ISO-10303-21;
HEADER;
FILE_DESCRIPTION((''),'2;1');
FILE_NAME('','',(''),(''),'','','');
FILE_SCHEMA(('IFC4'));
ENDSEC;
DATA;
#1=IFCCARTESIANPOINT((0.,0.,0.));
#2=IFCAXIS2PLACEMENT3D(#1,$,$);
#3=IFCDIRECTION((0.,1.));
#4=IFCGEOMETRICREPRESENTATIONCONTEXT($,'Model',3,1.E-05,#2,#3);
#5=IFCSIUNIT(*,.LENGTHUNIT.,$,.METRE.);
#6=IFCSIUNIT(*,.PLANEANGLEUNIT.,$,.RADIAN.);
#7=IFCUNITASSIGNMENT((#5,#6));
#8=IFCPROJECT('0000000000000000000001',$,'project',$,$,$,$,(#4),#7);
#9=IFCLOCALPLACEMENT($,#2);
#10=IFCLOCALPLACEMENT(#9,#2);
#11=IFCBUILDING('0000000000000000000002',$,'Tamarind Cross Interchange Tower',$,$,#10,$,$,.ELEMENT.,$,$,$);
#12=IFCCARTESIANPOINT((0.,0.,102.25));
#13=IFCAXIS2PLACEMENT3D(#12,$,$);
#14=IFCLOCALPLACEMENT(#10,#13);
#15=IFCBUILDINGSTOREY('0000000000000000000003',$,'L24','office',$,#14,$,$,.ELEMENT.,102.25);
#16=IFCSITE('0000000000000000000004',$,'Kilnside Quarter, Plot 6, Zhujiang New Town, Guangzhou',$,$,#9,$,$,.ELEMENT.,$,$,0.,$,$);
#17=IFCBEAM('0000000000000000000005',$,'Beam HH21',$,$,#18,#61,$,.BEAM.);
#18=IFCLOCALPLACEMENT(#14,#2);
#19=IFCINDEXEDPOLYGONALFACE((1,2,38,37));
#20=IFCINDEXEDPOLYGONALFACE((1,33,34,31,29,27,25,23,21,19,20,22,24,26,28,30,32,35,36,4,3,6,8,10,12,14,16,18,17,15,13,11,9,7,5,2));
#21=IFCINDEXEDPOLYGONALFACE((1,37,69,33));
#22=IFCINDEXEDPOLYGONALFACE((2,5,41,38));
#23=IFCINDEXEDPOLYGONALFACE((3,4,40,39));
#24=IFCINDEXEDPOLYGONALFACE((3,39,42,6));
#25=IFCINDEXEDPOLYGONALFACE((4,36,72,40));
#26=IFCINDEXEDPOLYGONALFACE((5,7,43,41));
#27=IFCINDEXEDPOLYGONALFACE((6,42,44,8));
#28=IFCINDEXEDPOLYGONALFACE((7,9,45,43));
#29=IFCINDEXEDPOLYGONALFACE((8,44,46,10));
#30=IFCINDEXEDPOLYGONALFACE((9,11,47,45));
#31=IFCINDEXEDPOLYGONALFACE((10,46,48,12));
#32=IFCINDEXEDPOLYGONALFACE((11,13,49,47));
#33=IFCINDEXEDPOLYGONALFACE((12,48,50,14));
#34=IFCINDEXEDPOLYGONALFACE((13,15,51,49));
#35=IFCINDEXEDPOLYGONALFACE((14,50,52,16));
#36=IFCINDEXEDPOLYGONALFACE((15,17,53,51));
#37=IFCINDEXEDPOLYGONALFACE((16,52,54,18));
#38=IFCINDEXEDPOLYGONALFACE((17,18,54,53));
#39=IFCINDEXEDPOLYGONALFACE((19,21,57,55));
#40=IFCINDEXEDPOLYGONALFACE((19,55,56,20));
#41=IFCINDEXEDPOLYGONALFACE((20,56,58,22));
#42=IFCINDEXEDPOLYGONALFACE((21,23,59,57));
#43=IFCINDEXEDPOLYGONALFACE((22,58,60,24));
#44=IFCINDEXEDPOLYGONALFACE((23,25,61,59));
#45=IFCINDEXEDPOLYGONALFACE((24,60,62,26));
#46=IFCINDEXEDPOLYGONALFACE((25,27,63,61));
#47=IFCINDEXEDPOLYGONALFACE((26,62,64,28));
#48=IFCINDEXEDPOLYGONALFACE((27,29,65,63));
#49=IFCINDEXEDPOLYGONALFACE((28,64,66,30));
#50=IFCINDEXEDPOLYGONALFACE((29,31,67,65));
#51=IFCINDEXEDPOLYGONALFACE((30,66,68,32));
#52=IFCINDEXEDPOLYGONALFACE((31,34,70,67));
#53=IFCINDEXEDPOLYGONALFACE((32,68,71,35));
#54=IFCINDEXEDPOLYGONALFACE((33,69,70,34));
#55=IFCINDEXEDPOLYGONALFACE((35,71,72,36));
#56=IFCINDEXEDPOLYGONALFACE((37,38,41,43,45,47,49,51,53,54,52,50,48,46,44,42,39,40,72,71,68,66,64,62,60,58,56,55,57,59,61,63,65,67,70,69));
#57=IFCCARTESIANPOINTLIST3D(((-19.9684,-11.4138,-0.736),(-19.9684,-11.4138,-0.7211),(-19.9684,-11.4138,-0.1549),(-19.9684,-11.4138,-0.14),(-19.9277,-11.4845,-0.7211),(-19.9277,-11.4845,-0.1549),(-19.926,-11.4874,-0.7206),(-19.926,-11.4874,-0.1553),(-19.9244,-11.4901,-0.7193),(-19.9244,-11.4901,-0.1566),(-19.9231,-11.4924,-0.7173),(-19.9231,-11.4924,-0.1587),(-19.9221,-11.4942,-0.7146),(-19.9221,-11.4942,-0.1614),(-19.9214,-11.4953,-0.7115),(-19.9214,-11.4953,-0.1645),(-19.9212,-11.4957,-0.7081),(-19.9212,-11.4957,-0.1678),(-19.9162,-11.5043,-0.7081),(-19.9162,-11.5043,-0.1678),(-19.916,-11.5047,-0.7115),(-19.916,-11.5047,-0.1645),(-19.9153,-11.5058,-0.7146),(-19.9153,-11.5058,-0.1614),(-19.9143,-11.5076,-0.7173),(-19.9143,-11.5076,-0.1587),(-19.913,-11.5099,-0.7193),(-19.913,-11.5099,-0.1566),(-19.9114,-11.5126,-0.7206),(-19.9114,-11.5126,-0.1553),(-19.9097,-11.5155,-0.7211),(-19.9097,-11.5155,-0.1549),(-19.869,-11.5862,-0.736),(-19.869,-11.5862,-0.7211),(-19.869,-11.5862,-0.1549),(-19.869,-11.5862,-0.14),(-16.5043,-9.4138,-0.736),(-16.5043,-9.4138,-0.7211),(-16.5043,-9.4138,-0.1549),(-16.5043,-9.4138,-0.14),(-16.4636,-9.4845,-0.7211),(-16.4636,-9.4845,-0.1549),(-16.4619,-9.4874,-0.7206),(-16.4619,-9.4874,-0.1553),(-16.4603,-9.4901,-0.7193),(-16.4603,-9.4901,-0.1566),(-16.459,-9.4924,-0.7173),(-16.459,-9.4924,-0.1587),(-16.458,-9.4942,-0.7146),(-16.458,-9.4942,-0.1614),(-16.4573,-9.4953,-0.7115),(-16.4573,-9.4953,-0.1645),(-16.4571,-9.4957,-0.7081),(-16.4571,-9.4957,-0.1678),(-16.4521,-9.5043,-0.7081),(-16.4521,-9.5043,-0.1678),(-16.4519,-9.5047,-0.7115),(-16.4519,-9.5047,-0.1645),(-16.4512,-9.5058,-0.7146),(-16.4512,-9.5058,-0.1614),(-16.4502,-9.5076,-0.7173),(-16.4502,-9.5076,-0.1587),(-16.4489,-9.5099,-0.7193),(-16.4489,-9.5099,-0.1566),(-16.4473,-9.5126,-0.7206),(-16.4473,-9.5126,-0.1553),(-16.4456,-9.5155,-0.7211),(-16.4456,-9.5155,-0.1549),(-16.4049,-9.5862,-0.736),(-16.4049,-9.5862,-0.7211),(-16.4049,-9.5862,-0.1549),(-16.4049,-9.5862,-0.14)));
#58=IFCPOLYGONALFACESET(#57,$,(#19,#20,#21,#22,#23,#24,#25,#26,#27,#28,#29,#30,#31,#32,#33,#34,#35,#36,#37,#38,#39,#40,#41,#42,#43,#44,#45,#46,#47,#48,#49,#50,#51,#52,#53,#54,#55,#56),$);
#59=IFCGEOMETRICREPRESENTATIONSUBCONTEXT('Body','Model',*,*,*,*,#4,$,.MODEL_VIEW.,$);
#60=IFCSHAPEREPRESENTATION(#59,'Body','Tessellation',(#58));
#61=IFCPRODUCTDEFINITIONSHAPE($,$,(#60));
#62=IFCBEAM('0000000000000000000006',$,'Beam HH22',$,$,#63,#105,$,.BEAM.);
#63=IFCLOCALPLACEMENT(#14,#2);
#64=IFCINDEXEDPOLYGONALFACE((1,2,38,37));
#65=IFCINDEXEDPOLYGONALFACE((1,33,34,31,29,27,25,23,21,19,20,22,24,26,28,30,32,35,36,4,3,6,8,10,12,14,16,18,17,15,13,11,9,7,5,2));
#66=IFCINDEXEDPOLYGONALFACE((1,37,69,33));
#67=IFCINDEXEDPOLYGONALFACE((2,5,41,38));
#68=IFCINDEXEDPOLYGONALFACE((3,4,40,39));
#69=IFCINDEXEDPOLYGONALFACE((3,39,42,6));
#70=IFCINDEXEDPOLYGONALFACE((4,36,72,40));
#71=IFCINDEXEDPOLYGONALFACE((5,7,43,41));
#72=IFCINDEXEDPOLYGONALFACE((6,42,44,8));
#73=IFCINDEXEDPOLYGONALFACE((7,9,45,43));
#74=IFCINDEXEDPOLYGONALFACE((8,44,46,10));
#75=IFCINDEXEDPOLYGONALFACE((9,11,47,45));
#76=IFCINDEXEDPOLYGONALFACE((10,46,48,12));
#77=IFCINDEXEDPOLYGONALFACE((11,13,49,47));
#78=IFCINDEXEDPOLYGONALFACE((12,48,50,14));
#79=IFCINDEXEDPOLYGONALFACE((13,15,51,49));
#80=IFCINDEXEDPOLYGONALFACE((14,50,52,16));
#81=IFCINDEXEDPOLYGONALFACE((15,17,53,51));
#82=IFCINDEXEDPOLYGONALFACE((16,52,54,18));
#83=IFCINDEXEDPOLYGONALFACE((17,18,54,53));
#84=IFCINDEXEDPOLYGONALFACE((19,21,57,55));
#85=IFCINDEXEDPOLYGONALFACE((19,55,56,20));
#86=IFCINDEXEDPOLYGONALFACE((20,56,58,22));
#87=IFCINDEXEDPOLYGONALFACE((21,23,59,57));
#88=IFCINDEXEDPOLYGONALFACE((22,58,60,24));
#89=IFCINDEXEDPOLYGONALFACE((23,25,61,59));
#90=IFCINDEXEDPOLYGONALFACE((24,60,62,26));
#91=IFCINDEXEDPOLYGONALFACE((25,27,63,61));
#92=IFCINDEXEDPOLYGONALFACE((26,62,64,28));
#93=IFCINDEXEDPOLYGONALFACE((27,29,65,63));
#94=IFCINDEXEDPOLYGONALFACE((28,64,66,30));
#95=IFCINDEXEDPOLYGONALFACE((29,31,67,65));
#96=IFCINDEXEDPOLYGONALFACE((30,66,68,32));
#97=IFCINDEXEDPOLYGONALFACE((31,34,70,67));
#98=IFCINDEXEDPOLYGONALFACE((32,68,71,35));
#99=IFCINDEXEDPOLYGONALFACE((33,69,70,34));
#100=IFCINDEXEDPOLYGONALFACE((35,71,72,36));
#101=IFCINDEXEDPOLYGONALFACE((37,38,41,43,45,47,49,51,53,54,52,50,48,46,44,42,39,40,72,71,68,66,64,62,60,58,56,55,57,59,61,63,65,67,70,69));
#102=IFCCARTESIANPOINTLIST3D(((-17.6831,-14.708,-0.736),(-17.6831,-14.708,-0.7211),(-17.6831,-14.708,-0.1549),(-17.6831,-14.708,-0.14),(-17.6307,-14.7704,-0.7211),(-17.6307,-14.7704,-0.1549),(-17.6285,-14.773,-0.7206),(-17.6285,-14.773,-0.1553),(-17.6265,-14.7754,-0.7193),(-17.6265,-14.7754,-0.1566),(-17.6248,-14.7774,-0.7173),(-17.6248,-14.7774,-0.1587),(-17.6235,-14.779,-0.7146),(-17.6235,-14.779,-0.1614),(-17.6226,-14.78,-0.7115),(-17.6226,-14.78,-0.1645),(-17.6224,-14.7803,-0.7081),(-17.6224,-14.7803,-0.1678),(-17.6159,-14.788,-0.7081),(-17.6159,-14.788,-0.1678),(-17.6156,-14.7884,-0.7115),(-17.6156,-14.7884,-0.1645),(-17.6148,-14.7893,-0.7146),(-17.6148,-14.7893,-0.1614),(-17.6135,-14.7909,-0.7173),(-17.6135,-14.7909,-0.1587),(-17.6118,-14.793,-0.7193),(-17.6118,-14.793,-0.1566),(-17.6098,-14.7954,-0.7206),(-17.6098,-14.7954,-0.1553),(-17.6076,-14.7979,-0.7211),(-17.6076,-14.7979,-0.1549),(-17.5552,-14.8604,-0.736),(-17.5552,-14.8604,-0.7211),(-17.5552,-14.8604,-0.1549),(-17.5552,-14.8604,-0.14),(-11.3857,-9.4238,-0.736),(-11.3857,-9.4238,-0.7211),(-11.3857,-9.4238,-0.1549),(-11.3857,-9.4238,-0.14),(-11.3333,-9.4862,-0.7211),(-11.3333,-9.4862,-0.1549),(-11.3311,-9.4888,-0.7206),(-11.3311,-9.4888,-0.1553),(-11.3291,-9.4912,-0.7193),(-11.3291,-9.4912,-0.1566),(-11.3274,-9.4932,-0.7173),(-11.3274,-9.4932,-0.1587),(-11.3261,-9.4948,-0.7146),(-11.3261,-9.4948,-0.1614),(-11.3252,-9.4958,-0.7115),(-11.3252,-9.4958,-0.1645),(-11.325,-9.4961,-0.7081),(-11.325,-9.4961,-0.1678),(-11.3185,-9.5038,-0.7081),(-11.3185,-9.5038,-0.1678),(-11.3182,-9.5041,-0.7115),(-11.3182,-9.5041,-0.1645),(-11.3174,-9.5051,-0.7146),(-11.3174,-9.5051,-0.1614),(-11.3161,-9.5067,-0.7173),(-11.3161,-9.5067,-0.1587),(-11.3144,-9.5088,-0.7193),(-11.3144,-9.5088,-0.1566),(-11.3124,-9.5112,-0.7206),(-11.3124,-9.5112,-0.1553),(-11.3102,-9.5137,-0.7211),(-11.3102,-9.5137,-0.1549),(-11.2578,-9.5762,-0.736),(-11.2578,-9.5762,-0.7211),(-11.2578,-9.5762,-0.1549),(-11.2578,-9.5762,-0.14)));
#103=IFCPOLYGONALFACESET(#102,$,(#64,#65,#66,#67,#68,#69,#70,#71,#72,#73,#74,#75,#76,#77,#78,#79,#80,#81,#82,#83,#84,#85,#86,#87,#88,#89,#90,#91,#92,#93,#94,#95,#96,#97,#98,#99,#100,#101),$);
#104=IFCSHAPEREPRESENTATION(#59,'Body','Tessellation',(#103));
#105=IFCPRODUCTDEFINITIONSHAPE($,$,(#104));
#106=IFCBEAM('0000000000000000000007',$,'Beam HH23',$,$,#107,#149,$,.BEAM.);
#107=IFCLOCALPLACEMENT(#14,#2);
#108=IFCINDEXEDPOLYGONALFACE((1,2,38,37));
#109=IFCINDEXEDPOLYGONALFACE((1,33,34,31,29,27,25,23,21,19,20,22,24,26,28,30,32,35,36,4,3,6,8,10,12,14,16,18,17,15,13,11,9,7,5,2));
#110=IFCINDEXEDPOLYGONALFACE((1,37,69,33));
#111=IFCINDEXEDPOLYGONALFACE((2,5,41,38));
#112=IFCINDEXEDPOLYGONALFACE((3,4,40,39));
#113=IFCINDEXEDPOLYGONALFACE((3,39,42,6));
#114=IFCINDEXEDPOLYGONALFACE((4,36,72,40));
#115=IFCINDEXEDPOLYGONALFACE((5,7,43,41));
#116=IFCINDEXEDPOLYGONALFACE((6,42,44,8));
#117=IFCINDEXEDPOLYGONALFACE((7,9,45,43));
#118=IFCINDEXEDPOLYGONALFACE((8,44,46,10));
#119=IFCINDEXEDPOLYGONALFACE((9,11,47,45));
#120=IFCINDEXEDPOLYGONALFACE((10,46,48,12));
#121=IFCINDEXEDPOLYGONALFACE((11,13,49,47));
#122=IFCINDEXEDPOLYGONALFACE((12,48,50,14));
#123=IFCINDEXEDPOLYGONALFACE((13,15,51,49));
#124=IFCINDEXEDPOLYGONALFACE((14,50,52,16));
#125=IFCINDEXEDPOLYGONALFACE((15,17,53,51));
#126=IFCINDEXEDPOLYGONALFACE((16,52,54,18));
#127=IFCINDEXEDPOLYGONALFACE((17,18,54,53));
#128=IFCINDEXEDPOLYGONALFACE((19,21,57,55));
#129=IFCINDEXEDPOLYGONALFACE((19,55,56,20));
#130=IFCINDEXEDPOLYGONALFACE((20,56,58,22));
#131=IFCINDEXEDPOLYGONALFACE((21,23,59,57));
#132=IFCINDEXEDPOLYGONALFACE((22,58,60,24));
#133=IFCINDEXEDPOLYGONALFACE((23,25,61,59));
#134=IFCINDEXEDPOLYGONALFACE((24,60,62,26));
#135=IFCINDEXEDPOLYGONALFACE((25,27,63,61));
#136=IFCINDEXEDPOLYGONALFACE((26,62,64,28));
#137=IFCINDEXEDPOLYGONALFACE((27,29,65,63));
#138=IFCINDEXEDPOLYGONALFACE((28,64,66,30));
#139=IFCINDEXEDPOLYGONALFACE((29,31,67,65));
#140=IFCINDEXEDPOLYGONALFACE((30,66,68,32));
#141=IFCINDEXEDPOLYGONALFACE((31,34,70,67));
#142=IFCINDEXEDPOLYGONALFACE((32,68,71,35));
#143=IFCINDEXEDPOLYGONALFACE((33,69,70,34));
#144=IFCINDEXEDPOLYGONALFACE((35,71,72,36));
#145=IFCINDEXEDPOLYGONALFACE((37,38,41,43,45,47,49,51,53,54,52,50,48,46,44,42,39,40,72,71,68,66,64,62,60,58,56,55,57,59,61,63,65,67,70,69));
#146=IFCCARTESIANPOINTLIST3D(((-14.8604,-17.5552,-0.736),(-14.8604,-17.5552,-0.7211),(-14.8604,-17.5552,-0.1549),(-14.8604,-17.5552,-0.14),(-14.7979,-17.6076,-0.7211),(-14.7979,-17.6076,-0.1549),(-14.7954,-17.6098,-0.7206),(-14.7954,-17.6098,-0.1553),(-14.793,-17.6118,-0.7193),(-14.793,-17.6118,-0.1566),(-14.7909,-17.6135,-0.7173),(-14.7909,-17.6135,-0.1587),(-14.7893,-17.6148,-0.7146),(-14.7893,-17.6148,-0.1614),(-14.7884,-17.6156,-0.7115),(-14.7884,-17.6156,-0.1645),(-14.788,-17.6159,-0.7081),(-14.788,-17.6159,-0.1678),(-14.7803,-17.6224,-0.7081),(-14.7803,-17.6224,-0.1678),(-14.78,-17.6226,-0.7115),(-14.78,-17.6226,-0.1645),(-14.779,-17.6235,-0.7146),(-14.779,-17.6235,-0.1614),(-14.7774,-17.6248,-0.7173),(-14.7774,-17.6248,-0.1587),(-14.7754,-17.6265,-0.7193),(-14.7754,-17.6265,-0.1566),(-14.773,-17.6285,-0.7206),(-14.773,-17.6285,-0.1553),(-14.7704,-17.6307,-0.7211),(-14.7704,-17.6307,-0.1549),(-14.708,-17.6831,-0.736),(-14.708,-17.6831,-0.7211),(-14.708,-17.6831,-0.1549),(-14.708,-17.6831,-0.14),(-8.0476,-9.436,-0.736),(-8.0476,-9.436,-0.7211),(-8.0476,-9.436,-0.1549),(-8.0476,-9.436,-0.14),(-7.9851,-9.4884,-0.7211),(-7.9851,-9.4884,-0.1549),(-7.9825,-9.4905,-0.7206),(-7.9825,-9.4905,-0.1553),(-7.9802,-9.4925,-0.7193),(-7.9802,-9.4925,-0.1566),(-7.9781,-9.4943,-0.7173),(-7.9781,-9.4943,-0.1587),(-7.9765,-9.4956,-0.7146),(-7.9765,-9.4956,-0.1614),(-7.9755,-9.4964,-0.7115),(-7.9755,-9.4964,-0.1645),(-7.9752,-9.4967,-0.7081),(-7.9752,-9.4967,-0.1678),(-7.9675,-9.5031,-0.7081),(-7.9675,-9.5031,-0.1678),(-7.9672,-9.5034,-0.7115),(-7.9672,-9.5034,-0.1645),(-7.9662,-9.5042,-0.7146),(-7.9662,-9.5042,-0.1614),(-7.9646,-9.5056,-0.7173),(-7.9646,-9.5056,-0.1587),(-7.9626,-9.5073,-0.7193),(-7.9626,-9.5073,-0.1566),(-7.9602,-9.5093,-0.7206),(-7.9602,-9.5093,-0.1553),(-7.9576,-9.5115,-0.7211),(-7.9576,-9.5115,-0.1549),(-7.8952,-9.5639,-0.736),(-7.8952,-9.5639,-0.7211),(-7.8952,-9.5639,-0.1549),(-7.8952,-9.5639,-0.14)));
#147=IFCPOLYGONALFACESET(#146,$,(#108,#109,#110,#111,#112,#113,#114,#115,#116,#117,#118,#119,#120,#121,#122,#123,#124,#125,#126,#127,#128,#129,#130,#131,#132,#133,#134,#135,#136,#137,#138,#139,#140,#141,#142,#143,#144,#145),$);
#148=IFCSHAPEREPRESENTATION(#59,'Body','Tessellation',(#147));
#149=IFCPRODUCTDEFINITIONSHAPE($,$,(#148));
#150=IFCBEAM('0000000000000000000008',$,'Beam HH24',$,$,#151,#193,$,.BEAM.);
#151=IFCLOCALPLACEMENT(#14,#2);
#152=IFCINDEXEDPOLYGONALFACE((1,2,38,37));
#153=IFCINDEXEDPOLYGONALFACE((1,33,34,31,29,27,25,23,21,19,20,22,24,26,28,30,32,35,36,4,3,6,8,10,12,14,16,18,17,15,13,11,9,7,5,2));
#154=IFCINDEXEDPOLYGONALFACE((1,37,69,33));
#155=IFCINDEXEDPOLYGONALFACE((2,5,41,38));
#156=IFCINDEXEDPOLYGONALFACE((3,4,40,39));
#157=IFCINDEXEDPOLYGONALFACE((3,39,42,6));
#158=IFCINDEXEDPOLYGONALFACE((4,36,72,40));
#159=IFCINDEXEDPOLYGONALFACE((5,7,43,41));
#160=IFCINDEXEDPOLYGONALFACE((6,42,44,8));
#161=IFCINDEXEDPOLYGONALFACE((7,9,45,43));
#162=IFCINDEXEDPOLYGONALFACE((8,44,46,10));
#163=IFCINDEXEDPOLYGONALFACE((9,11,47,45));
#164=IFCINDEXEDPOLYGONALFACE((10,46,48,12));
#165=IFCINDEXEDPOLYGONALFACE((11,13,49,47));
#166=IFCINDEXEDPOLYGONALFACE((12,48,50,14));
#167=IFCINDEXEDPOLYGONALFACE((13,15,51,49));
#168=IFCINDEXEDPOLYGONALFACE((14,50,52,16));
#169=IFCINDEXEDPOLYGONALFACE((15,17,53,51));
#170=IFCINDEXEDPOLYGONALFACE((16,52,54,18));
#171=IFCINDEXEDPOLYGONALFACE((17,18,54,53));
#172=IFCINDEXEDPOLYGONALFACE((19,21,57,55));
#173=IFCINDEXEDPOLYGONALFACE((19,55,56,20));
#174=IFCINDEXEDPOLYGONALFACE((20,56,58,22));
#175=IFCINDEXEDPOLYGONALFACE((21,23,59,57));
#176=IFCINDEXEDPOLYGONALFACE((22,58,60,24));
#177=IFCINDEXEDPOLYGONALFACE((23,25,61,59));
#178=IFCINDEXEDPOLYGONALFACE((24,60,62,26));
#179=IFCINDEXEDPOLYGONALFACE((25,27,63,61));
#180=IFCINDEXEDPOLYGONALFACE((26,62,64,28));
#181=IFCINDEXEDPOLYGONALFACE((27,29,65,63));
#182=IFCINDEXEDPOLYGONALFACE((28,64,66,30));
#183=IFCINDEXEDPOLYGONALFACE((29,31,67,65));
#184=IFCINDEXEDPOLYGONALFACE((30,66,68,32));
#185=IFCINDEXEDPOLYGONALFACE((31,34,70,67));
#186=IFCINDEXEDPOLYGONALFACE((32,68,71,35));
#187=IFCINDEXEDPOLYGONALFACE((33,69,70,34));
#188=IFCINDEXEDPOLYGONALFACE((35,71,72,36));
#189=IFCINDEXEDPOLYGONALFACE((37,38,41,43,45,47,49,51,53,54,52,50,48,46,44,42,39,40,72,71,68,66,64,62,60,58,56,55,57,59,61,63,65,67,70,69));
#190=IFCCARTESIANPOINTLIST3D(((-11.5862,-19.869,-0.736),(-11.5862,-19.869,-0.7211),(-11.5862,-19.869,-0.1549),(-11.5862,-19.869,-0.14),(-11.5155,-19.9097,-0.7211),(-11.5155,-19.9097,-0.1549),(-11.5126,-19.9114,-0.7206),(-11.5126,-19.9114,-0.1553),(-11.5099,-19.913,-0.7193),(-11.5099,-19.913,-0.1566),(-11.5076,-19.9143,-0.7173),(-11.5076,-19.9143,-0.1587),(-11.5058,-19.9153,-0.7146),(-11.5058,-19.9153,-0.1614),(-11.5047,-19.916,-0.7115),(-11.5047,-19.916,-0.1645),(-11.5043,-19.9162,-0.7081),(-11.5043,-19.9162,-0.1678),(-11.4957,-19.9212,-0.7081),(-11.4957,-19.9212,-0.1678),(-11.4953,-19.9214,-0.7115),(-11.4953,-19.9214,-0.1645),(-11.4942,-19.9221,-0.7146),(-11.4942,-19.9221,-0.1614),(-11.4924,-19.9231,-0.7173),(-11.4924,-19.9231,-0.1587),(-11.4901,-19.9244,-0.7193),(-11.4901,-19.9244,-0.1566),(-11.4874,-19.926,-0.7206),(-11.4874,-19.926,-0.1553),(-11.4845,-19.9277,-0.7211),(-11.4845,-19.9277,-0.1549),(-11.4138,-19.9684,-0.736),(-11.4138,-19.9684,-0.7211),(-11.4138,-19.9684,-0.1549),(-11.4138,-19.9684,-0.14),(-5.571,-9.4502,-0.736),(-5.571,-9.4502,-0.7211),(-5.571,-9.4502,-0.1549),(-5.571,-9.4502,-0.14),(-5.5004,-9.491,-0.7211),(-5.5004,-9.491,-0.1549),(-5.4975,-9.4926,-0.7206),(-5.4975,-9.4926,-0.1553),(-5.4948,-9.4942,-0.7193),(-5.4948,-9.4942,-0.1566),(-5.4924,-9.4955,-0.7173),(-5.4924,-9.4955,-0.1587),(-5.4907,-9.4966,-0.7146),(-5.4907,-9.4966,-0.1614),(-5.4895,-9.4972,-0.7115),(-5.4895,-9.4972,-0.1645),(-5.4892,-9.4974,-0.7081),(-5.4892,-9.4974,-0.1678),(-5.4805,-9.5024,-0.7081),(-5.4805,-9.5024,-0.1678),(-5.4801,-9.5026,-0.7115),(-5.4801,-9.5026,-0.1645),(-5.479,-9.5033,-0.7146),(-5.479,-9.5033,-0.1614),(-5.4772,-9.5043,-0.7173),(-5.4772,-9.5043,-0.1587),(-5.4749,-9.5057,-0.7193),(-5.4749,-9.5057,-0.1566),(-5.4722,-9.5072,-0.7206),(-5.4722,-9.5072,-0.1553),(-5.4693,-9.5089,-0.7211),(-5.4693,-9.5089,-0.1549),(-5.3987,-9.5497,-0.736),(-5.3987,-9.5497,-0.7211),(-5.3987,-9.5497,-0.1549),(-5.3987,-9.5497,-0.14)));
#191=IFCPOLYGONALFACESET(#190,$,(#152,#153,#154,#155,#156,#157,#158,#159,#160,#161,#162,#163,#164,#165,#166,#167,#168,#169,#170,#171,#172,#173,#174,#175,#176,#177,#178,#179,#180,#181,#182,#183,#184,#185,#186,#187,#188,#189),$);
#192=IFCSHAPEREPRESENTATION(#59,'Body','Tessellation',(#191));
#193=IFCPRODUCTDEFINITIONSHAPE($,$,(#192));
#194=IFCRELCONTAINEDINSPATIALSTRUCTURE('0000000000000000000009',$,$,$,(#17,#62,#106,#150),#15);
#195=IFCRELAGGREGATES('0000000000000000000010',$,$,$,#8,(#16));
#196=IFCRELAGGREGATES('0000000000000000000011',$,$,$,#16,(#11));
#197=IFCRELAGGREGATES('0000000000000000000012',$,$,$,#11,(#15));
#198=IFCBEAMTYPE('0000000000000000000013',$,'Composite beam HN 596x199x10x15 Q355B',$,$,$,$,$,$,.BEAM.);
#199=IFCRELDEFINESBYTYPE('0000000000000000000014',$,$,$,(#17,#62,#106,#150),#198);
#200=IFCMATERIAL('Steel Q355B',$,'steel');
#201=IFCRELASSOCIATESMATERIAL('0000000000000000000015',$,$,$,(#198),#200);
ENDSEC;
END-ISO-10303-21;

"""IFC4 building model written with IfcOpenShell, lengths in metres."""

from ifc_helpers import new_model, si_unit, direction, frame, origin, origin_2d, place, context, subcontext, project, spatial, i_section, extrude, material, material_profile, profile_set, type_object, element, save


model = new_model("IFC4")

# Units and contexts
model_context = context("Model", 3, precision=1e-05, world=origin(), true_north=direction((0.0, 1.0)))
body_context = subcontext(model_context, "Body", "Model", "MODEL_VIEW")
ifc_project = project(units=[si_unit("LENGTHUNIT", "METRE"), si_unit("PLANEANGLEUNIT", "RADIAN")], contexts=[model_context])

# Site, building, storey
site_placement = place(None, origin())
site = spatial("IfcSite", under=ifc_project, at=site_placement, Name="Kilnside Quarter, Plot 6, Zhujiang New Town, Guangzhou", CompositionType="ELEMENT", RefElevation=0.0)
building_placement = place(site_placement, origin())
building = spatial("IfcBuilding", under=site, at=building_placement, Name="Tamarind Cross Interchange Tower", CompositionType="ELEMENT")
storey_placement = place(building_placement, frame((0.0, 0.0, 102.25)))
storey = spatial("IfcBuildingStorey", under=building, at=storey_placement, Name="L24", Description="office", CompositionType="ELEMENT", Elevation=102.25)

# Beams
ifc_material_1 = material(Name="Steel Q355B", Category="steel")
ifc_material_profile_1 = material_profile(ifc_material_1, i_section(OverallWidth=0.199, OverallDepth=0.5959, WebThickness=0.01, FlangeThickness=0.0149, FilletRadius=0.0129, at=origin_2d()), Name="HN 596x199x10x15")
ifc_profile_set_1 = profile_set([ifc_material_profile_1], Name="Steel Q355B")
beam_type = type_object("IfcBeamType", Name="Composite beam HN 596x199x10x15 Q355B", PredefinedType="BEAM", material=ifc_profile_set_1)
beam_1_placement = place(storey_placement, frame((-19.9187, -11.5, -0.438), z_axis=(0.866026, 0.499999, 0.0), x_axis=(-0.499999, 0.866026, 0.0)))
element("IfcBeam", 1, at=beam_1_placement, inside=storey, type_object=beam_type, Name="Beam HH21", PredefinedType="BEAM", context=body_context, shape_type="SweptSolid", body=[
    extrude(i_section(OverallWidth=0.199, OverallDepth=0.5959, WebThickness=0.01, FlangeThickness=0.0149, FilletRadius=0.0129, at=origin_2d()), origin(), (0.0, 0.0, 1.0), 4.0),
])
beam_2_placement = place(storey_placement, frame((-17.6191, -14.7842, -0.438), z_axis=(0.766041, 0.642792, 0.0), x_axis=(-0.642792, 0.766041, 0.0)))
element("IfcBeam", 2, at=beam_2_placement, inside=storey, type_object=beam_type, Name="Beam HH22", PredefinedType="BEAM", context=body_context, shape_type="SweptSolid", body=[
    extrude(i_section(OverallWidth=0.199, OverallDepth=0.5959, WebThickness=0.01, FlangeThickness=0.0149, FilletRadius=0.0129, at=origin_2d()), origin(), (0.0, 0.0, 1.0), 8.2207),
])
beam_3_placement = place(storey_placement, frame((-14.7842, -17.6191, -0.438), z_axis=(0.642786, 0.766046, 0.0), x_axis=(-0.766046, 0.642786, 0.0)))
element("IfcBeam", 3, at=beam_3_placement, inside=storey, type_object=beam_type, Name="Beam HH23", PredefinedType="BEAM", context=body_context, shape_type="SweptSolid", body=[
    extrude(i_section(OverallWidth=0.199, OverallDepth=0.5959, WebThickness=0.01, FlangeThickness=0.0149, FilletRadius=0.0129, at=origin_2d()), origin(), (0.0, 0.0, 1.0), 10.5989),
])
beam_4_placement = place(storey_placement, frame((-11.5, -19.9187, -0.438), z_axis=(0.499994, 0.866029, 0.0), x_axis=(-0.866029, 0.499994, 0.0)))
element("IfcBeam", 4, at=beam_4_placement, inside=storey, type_object=beam_type, Name="Beam HH24", PredefinedType="BEAM", context=body_context, shape_type="SweptSolid", body=[
    extrude(i_section(OverallWidth=0.199, OverallDepth=0.5959, WebThickness=0.01, FlangeThickness=0.0149, FilletRadius=0.0129, at=origin_2d()), origin(), (0.0, 0.0, 1.0), 12.0305),
])

save(model, "model.ifc")
